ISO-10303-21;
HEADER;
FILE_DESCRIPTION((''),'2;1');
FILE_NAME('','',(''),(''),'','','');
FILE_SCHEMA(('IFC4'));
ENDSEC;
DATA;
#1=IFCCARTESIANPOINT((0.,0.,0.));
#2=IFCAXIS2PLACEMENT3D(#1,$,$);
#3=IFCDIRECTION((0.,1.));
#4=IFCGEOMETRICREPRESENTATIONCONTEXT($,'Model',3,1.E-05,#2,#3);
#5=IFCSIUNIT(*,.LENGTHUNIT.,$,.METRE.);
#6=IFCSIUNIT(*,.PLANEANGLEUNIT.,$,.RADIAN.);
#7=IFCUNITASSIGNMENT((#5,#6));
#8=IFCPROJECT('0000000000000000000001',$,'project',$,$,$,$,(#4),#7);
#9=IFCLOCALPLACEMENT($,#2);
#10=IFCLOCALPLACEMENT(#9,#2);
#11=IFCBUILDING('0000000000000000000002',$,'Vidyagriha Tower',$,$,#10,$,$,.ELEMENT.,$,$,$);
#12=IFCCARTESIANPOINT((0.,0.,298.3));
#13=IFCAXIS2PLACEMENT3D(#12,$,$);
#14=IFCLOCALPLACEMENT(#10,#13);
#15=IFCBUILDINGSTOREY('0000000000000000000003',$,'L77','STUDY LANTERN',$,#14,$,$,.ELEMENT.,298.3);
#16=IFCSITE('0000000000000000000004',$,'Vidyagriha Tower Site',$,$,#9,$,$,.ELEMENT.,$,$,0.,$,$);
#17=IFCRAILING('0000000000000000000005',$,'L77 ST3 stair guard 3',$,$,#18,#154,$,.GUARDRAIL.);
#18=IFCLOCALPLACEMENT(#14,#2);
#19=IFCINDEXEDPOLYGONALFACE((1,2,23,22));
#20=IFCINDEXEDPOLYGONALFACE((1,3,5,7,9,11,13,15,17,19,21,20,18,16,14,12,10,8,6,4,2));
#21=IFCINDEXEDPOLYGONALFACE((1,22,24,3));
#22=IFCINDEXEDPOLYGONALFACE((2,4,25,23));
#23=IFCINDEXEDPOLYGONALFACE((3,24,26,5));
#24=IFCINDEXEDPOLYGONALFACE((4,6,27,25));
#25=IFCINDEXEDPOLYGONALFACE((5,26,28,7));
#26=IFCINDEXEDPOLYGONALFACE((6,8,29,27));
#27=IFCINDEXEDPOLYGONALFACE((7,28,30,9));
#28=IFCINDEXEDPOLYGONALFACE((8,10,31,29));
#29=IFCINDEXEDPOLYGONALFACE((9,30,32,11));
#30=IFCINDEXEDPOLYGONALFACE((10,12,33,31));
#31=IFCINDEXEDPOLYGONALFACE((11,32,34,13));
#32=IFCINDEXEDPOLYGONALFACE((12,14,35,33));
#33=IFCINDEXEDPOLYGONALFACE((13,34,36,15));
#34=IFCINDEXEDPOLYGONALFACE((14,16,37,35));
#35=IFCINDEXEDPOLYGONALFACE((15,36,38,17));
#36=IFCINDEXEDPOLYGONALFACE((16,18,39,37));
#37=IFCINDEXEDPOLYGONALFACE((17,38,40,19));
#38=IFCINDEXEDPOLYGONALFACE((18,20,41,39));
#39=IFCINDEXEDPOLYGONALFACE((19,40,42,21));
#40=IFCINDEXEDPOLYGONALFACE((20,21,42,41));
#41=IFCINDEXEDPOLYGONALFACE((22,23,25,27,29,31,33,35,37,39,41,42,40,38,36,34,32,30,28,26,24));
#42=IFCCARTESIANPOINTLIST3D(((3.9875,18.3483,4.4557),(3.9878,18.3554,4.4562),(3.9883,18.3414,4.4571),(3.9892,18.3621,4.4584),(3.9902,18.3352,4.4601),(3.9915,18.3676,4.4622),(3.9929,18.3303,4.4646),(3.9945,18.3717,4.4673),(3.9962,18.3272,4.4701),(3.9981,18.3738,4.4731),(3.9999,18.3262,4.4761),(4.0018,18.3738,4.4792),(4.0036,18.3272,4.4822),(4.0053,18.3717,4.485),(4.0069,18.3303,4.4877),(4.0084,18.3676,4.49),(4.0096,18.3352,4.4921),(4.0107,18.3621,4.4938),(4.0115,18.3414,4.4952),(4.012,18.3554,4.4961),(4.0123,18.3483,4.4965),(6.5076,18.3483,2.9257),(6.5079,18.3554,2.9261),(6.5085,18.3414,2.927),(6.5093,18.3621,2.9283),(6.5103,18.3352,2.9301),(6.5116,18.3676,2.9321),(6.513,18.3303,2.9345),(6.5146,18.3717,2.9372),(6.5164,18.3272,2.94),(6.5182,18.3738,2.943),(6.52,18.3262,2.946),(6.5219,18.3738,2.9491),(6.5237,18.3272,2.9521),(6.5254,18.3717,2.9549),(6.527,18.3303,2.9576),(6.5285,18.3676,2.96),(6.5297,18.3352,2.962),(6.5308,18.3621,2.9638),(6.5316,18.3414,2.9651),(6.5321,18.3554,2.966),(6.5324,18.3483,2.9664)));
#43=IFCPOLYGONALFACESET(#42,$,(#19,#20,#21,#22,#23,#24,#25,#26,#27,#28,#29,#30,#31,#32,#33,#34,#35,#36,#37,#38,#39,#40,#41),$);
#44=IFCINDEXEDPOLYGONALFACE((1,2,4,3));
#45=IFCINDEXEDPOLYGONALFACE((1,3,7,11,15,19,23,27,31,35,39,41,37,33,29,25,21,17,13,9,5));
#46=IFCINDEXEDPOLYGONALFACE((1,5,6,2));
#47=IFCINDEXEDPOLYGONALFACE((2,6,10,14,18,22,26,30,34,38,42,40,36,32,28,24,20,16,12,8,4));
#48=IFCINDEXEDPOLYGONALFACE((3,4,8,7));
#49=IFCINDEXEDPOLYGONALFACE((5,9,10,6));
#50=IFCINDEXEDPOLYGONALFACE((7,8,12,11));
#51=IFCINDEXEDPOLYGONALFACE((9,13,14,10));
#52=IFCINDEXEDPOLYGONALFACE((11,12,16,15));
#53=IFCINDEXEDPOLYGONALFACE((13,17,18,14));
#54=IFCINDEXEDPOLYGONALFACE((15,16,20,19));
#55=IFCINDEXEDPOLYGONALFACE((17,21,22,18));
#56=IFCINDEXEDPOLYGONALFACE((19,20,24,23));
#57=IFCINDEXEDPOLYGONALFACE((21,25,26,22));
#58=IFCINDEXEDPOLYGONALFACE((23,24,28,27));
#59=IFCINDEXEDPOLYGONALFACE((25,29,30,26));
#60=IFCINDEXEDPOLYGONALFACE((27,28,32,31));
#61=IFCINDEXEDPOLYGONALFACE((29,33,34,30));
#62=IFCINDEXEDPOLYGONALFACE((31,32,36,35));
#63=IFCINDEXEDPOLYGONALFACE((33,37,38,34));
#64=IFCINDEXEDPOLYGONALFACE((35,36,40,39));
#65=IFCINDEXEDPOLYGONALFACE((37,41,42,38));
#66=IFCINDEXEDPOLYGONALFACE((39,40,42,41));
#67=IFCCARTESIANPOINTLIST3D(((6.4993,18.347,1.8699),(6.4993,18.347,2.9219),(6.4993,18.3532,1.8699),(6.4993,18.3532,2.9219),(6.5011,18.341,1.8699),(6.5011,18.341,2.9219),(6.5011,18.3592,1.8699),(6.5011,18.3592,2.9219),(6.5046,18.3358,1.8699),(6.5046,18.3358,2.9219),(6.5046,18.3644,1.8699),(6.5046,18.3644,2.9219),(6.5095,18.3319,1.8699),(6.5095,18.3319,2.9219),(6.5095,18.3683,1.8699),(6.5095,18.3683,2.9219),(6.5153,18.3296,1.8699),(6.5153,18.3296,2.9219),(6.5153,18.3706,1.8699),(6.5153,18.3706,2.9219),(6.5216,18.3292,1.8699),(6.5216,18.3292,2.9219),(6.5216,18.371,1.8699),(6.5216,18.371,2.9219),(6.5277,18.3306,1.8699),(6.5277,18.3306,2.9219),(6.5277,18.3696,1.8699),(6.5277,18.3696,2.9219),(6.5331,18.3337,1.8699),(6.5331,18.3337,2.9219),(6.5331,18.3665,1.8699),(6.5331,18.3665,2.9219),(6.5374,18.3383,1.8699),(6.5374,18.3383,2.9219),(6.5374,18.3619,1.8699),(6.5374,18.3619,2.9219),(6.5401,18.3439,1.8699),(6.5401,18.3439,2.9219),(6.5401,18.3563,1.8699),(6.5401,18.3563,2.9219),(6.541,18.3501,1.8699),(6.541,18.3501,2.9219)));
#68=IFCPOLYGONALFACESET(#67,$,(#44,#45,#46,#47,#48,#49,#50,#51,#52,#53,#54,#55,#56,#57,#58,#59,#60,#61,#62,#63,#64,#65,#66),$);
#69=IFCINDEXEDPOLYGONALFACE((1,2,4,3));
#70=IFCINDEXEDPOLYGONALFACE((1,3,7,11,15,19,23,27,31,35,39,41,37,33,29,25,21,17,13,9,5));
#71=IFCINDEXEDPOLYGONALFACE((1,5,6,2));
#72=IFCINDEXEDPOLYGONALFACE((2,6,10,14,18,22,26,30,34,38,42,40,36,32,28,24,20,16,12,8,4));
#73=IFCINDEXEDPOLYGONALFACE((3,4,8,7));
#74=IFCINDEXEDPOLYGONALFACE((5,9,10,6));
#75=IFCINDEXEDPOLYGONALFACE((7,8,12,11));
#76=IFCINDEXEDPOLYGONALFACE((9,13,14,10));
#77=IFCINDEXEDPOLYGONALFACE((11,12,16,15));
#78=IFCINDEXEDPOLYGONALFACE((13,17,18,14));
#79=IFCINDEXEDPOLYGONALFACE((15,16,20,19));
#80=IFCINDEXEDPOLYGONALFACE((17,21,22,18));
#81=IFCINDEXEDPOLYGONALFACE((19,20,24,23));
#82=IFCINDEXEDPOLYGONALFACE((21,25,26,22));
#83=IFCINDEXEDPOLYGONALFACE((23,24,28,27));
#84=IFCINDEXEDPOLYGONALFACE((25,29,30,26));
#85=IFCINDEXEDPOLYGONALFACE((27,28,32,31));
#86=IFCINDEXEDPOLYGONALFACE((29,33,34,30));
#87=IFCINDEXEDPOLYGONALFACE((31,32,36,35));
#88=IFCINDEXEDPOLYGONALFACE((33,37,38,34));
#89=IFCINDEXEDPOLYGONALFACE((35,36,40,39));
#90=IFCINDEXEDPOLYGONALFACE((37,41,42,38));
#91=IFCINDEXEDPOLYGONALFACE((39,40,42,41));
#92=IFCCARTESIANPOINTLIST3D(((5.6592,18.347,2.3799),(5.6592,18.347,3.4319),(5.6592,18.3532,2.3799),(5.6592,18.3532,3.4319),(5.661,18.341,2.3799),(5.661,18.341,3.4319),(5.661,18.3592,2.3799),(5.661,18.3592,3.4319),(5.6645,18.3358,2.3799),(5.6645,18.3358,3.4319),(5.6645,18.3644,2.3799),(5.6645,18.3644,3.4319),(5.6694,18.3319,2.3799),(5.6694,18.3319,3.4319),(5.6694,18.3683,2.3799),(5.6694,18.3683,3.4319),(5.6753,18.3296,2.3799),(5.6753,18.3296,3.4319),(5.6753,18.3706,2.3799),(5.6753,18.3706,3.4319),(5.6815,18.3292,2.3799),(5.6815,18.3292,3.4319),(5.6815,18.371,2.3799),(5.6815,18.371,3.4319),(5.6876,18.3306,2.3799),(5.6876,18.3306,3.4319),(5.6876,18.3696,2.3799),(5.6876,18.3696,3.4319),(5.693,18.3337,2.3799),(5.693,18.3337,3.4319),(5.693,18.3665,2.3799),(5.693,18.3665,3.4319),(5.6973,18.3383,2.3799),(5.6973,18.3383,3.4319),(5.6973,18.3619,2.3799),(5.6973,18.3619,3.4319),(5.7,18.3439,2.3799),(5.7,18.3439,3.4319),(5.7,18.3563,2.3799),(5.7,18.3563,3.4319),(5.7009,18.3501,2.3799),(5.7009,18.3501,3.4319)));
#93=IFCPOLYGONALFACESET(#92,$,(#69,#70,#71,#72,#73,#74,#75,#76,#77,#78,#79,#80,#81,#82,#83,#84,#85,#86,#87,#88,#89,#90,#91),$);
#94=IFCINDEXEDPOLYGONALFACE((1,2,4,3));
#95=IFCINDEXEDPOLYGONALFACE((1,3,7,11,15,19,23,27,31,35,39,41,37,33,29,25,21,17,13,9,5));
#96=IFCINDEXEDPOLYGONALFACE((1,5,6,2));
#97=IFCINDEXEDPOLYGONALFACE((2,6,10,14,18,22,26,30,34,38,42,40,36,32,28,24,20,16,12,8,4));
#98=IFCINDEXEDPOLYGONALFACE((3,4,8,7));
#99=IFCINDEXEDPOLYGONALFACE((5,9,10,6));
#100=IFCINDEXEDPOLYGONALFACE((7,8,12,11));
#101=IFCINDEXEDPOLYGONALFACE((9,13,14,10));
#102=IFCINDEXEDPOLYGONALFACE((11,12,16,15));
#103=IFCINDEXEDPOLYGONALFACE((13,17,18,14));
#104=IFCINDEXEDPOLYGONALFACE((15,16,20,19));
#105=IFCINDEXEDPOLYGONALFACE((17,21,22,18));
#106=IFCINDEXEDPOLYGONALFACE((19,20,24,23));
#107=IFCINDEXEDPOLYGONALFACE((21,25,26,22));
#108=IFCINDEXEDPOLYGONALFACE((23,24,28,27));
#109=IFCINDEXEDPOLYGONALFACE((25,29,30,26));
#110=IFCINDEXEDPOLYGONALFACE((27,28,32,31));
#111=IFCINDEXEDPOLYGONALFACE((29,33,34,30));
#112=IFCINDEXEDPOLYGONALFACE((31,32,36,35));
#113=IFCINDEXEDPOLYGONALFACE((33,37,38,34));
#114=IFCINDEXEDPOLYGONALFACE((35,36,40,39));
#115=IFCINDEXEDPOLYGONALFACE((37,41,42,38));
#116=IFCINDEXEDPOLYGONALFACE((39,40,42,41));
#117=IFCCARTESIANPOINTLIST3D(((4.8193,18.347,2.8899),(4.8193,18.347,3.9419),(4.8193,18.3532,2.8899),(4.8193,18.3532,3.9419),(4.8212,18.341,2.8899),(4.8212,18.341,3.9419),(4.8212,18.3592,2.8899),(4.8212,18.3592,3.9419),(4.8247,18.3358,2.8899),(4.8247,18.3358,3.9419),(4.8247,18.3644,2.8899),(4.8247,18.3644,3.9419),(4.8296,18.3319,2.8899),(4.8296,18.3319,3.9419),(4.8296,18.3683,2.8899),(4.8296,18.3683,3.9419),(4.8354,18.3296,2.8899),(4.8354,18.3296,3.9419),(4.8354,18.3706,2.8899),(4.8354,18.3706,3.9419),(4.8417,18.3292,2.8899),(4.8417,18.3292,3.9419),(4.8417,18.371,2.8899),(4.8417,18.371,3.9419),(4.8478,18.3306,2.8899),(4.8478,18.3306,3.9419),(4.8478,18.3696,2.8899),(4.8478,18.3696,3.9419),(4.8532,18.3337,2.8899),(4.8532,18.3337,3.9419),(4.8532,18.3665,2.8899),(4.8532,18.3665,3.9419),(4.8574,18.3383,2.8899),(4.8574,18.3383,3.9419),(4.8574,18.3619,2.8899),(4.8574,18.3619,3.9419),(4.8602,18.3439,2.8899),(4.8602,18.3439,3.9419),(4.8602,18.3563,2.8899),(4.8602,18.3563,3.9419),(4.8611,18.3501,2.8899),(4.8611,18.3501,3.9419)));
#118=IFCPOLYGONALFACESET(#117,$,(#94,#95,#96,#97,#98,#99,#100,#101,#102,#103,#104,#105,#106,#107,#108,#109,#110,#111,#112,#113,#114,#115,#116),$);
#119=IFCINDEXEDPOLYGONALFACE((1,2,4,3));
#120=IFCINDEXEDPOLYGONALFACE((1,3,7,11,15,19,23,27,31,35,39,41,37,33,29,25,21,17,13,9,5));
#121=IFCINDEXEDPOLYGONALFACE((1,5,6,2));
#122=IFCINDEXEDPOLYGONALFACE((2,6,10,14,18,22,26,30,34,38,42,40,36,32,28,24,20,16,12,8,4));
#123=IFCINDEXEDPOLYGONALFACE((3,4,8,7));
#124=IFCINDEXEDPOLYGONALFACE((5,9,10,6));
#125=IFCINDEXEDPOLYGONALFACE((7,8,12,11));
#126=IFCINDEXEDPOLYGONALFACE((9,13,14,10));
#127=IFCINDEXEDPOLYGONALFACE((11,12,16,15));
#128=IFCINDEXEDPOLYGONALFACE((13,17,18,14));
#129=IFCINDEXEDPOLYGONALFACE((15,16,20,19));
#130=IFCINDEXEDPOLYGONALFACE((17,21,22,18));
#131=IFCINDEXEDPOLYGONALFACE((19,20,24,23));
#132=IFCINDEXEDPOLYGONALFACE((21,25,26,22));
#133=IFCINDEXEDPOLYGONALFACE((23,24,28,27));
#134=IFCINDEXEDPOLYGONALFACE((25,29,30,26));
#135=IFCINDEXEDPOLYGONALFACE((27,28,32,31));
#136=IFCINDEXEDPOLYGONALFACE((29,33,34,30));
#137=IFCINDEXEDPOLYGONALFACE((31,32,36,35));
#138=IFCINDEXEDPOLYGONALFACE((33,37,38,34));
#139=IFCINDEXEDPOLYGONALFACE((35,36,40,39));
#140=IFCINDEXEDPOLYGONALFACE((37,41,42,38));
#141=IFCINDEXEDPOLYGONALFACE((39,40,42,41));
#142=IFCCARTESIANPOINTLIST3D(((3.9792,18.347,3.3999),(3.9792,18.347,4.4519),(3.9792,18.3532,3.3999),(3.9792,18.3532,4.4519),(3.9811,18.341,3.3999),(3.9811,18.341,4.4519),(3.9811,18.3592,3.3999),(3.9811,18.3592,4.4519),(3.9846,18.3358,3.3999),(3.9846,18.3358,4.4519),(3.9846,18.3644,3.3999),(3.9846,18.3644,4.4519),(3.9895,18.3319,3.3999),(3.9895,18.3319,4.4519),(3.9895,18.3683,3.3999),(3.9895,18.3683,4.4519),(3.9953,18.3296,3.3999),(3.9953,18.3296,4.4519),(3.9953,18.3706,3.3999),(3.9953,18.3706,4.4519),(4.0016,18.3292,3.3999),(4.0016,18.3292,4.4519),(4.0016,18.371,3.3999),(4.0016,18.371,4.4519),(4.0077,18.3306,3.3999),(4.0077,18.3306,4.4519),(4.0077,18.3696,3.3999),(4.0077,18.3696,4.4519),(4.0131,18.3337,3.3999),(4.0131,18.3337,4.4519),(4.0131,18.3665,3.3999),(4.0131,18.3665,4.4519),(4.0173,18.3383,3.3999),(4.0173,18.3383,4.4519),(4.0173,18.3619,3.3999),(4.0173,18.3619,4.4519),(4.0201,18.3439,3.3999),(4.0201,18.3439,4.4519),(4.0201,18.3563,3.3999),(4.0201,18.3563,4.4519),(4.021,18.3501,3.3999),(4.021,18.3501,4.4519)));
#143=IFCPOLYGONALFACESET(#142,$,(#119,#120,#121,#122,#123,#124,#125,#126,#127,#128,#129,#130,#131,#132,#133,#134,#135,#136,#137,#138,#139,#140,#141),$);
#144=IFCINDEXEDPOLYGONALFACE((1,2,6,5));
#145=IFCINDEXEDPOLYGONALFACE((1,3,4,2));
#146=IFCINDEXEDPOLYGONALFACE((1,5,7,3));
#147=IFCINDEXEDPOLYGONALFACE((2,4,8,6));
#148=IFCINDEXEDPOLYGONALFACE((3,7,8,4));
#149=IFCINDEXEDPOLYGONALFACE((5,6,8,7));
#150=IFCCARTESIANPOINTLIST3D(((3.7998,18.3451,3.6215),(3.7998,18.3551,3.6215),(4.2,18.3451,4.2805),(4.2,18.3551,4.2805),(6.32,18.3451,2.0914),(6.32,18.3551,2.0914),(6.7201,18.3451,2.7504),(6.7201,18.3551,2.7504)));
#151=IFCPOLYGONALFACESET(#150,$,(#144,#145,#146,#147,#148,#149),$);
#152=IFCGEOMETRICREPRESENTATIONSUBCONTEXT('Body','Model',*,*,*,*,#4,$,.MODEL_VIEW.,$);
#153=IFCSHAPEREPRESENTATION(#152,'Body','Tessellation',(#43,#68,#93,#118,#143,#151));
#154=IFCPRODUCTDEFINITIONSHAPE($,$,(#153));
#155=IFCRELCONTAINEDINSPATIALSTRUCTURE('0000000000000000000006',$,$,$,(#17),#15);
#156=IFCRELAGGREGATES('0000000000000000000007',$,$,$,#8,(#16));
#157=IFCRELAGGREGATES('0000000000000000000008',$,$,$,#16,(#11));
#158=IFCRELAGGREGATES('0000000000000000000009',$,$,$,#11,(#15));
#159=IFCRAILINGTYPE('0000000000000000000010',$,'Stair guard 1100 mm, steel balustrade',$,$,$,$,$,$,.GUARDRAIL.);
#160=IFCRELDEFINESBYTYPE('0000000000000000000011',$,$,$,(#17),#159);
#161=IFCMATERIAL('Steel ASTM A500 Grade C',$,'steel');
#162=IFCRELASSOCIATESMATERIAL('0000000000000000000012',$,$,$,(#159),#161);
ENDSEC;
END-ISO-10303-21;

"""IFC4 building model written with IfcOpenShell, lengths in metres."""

from ifc_helpers import new_model, si_unit, direction, frame, origin, origin_2d, place, context, subcontext, project, spatial, rectangle, circle, extrude, material, type_object, element, save


model = new_model("IFC4")

# Units and contexts
model_context = context("Model", 3, precision=1e-05, world=origin(), true_north=direction((0.0, 1.0)))
body_context = subcontext(model_context, "Body", "Model", "MODEL_VIEW")
ifc_project = project(units=[si_unit("LENGTHUNIT", "METRE"), si_unit("PLANEANGLEUNIT", "RADIAN")], contexts=[model_context])

# Site, building, storey
site_placement = place(None, origin())
site = spatial("IfcSite", under=ifc_project, at=site_placement, Name="Vidyagriha Tower Site", CompositionType="ELEMENT", RefElevation=0.0)
building_placement = place(site_placement, origin())
building = spatial("IfcBuilding", under=site, at=building_placement, Name="Vidyagriha Tower", CompositionType="ELEMENT")
storey_placement = place(building_placement, frame((0.0, 0.0, 298.3)))
storey = spatial("IfcBuildingStorey", under=building, at=storey_placement, Name="L77", Description="STUDY LANTERN", CompositionType="ELEMENT", Elevation=298.3)

# Railing
ifc_material_1 = material(Name="Steel ASTM A500 Grade C", Category="steel")
railing_type_1 = type_object("IfcRailingType", Name="Stair guard 1100 mm, steel balustrade", PredefinedType="GUARDRAIL", material=ifc_material_1)
railing_1_placement = place(storey_placement, frame((6.52, 18.3501, 1.8699)))
element("IfcRailing", 1, at=railing_1_placement, inside=storey, type_object=railing_type_1, Name="L77 ST3 stair guard 3", PredefinedType="GUARDRAIL", context=body_context, shape_type="SweptSolid", body=[
    extrude(circle(Radius=0.0239, at=origin_2d()), frame((0.0, 0.0, 1.0762), z_axis=(-0.854785, 0.0, 0.518982), x_axis=(0.0, -1.0, 0.0)), (0.0, 0.0, 1.0), 2.9482),
    extrude(circle(Radius=0.021, at=origin_2d()), origin(), (0.0, 0.0, 1.0), 1.052),
    extrude(circle(Radius=0.021, at=origin_2d()), frame((-0.8401, 0.0, 0.51)), (0.0, 0.0, 1.0), 1.052),
    extrude(circle(Radius=0.021, at=origin_2d()), frame((-1.6799, 0.0, 1.02)), (0.0, 0.0, 1.0), 1.052),
    extrude(circle(Radius=0.021, at=origin_2d()), frame((-2.52, 0.0, 1.53)), (0.0, 0.0, 1.0), 1.052),
    extrude(rectangle(XDim=0.01, YDim=0.771, at=origin_2d()), frame((0.0, 0.0, 0.551), z_axis=(-0.854785, 0.0, 0.518982), x_axis=(0.0, -1.0, 0.0)), (0.0, 0.0, 1.0), 2.9482),
])

save(model, "model.ifc")
